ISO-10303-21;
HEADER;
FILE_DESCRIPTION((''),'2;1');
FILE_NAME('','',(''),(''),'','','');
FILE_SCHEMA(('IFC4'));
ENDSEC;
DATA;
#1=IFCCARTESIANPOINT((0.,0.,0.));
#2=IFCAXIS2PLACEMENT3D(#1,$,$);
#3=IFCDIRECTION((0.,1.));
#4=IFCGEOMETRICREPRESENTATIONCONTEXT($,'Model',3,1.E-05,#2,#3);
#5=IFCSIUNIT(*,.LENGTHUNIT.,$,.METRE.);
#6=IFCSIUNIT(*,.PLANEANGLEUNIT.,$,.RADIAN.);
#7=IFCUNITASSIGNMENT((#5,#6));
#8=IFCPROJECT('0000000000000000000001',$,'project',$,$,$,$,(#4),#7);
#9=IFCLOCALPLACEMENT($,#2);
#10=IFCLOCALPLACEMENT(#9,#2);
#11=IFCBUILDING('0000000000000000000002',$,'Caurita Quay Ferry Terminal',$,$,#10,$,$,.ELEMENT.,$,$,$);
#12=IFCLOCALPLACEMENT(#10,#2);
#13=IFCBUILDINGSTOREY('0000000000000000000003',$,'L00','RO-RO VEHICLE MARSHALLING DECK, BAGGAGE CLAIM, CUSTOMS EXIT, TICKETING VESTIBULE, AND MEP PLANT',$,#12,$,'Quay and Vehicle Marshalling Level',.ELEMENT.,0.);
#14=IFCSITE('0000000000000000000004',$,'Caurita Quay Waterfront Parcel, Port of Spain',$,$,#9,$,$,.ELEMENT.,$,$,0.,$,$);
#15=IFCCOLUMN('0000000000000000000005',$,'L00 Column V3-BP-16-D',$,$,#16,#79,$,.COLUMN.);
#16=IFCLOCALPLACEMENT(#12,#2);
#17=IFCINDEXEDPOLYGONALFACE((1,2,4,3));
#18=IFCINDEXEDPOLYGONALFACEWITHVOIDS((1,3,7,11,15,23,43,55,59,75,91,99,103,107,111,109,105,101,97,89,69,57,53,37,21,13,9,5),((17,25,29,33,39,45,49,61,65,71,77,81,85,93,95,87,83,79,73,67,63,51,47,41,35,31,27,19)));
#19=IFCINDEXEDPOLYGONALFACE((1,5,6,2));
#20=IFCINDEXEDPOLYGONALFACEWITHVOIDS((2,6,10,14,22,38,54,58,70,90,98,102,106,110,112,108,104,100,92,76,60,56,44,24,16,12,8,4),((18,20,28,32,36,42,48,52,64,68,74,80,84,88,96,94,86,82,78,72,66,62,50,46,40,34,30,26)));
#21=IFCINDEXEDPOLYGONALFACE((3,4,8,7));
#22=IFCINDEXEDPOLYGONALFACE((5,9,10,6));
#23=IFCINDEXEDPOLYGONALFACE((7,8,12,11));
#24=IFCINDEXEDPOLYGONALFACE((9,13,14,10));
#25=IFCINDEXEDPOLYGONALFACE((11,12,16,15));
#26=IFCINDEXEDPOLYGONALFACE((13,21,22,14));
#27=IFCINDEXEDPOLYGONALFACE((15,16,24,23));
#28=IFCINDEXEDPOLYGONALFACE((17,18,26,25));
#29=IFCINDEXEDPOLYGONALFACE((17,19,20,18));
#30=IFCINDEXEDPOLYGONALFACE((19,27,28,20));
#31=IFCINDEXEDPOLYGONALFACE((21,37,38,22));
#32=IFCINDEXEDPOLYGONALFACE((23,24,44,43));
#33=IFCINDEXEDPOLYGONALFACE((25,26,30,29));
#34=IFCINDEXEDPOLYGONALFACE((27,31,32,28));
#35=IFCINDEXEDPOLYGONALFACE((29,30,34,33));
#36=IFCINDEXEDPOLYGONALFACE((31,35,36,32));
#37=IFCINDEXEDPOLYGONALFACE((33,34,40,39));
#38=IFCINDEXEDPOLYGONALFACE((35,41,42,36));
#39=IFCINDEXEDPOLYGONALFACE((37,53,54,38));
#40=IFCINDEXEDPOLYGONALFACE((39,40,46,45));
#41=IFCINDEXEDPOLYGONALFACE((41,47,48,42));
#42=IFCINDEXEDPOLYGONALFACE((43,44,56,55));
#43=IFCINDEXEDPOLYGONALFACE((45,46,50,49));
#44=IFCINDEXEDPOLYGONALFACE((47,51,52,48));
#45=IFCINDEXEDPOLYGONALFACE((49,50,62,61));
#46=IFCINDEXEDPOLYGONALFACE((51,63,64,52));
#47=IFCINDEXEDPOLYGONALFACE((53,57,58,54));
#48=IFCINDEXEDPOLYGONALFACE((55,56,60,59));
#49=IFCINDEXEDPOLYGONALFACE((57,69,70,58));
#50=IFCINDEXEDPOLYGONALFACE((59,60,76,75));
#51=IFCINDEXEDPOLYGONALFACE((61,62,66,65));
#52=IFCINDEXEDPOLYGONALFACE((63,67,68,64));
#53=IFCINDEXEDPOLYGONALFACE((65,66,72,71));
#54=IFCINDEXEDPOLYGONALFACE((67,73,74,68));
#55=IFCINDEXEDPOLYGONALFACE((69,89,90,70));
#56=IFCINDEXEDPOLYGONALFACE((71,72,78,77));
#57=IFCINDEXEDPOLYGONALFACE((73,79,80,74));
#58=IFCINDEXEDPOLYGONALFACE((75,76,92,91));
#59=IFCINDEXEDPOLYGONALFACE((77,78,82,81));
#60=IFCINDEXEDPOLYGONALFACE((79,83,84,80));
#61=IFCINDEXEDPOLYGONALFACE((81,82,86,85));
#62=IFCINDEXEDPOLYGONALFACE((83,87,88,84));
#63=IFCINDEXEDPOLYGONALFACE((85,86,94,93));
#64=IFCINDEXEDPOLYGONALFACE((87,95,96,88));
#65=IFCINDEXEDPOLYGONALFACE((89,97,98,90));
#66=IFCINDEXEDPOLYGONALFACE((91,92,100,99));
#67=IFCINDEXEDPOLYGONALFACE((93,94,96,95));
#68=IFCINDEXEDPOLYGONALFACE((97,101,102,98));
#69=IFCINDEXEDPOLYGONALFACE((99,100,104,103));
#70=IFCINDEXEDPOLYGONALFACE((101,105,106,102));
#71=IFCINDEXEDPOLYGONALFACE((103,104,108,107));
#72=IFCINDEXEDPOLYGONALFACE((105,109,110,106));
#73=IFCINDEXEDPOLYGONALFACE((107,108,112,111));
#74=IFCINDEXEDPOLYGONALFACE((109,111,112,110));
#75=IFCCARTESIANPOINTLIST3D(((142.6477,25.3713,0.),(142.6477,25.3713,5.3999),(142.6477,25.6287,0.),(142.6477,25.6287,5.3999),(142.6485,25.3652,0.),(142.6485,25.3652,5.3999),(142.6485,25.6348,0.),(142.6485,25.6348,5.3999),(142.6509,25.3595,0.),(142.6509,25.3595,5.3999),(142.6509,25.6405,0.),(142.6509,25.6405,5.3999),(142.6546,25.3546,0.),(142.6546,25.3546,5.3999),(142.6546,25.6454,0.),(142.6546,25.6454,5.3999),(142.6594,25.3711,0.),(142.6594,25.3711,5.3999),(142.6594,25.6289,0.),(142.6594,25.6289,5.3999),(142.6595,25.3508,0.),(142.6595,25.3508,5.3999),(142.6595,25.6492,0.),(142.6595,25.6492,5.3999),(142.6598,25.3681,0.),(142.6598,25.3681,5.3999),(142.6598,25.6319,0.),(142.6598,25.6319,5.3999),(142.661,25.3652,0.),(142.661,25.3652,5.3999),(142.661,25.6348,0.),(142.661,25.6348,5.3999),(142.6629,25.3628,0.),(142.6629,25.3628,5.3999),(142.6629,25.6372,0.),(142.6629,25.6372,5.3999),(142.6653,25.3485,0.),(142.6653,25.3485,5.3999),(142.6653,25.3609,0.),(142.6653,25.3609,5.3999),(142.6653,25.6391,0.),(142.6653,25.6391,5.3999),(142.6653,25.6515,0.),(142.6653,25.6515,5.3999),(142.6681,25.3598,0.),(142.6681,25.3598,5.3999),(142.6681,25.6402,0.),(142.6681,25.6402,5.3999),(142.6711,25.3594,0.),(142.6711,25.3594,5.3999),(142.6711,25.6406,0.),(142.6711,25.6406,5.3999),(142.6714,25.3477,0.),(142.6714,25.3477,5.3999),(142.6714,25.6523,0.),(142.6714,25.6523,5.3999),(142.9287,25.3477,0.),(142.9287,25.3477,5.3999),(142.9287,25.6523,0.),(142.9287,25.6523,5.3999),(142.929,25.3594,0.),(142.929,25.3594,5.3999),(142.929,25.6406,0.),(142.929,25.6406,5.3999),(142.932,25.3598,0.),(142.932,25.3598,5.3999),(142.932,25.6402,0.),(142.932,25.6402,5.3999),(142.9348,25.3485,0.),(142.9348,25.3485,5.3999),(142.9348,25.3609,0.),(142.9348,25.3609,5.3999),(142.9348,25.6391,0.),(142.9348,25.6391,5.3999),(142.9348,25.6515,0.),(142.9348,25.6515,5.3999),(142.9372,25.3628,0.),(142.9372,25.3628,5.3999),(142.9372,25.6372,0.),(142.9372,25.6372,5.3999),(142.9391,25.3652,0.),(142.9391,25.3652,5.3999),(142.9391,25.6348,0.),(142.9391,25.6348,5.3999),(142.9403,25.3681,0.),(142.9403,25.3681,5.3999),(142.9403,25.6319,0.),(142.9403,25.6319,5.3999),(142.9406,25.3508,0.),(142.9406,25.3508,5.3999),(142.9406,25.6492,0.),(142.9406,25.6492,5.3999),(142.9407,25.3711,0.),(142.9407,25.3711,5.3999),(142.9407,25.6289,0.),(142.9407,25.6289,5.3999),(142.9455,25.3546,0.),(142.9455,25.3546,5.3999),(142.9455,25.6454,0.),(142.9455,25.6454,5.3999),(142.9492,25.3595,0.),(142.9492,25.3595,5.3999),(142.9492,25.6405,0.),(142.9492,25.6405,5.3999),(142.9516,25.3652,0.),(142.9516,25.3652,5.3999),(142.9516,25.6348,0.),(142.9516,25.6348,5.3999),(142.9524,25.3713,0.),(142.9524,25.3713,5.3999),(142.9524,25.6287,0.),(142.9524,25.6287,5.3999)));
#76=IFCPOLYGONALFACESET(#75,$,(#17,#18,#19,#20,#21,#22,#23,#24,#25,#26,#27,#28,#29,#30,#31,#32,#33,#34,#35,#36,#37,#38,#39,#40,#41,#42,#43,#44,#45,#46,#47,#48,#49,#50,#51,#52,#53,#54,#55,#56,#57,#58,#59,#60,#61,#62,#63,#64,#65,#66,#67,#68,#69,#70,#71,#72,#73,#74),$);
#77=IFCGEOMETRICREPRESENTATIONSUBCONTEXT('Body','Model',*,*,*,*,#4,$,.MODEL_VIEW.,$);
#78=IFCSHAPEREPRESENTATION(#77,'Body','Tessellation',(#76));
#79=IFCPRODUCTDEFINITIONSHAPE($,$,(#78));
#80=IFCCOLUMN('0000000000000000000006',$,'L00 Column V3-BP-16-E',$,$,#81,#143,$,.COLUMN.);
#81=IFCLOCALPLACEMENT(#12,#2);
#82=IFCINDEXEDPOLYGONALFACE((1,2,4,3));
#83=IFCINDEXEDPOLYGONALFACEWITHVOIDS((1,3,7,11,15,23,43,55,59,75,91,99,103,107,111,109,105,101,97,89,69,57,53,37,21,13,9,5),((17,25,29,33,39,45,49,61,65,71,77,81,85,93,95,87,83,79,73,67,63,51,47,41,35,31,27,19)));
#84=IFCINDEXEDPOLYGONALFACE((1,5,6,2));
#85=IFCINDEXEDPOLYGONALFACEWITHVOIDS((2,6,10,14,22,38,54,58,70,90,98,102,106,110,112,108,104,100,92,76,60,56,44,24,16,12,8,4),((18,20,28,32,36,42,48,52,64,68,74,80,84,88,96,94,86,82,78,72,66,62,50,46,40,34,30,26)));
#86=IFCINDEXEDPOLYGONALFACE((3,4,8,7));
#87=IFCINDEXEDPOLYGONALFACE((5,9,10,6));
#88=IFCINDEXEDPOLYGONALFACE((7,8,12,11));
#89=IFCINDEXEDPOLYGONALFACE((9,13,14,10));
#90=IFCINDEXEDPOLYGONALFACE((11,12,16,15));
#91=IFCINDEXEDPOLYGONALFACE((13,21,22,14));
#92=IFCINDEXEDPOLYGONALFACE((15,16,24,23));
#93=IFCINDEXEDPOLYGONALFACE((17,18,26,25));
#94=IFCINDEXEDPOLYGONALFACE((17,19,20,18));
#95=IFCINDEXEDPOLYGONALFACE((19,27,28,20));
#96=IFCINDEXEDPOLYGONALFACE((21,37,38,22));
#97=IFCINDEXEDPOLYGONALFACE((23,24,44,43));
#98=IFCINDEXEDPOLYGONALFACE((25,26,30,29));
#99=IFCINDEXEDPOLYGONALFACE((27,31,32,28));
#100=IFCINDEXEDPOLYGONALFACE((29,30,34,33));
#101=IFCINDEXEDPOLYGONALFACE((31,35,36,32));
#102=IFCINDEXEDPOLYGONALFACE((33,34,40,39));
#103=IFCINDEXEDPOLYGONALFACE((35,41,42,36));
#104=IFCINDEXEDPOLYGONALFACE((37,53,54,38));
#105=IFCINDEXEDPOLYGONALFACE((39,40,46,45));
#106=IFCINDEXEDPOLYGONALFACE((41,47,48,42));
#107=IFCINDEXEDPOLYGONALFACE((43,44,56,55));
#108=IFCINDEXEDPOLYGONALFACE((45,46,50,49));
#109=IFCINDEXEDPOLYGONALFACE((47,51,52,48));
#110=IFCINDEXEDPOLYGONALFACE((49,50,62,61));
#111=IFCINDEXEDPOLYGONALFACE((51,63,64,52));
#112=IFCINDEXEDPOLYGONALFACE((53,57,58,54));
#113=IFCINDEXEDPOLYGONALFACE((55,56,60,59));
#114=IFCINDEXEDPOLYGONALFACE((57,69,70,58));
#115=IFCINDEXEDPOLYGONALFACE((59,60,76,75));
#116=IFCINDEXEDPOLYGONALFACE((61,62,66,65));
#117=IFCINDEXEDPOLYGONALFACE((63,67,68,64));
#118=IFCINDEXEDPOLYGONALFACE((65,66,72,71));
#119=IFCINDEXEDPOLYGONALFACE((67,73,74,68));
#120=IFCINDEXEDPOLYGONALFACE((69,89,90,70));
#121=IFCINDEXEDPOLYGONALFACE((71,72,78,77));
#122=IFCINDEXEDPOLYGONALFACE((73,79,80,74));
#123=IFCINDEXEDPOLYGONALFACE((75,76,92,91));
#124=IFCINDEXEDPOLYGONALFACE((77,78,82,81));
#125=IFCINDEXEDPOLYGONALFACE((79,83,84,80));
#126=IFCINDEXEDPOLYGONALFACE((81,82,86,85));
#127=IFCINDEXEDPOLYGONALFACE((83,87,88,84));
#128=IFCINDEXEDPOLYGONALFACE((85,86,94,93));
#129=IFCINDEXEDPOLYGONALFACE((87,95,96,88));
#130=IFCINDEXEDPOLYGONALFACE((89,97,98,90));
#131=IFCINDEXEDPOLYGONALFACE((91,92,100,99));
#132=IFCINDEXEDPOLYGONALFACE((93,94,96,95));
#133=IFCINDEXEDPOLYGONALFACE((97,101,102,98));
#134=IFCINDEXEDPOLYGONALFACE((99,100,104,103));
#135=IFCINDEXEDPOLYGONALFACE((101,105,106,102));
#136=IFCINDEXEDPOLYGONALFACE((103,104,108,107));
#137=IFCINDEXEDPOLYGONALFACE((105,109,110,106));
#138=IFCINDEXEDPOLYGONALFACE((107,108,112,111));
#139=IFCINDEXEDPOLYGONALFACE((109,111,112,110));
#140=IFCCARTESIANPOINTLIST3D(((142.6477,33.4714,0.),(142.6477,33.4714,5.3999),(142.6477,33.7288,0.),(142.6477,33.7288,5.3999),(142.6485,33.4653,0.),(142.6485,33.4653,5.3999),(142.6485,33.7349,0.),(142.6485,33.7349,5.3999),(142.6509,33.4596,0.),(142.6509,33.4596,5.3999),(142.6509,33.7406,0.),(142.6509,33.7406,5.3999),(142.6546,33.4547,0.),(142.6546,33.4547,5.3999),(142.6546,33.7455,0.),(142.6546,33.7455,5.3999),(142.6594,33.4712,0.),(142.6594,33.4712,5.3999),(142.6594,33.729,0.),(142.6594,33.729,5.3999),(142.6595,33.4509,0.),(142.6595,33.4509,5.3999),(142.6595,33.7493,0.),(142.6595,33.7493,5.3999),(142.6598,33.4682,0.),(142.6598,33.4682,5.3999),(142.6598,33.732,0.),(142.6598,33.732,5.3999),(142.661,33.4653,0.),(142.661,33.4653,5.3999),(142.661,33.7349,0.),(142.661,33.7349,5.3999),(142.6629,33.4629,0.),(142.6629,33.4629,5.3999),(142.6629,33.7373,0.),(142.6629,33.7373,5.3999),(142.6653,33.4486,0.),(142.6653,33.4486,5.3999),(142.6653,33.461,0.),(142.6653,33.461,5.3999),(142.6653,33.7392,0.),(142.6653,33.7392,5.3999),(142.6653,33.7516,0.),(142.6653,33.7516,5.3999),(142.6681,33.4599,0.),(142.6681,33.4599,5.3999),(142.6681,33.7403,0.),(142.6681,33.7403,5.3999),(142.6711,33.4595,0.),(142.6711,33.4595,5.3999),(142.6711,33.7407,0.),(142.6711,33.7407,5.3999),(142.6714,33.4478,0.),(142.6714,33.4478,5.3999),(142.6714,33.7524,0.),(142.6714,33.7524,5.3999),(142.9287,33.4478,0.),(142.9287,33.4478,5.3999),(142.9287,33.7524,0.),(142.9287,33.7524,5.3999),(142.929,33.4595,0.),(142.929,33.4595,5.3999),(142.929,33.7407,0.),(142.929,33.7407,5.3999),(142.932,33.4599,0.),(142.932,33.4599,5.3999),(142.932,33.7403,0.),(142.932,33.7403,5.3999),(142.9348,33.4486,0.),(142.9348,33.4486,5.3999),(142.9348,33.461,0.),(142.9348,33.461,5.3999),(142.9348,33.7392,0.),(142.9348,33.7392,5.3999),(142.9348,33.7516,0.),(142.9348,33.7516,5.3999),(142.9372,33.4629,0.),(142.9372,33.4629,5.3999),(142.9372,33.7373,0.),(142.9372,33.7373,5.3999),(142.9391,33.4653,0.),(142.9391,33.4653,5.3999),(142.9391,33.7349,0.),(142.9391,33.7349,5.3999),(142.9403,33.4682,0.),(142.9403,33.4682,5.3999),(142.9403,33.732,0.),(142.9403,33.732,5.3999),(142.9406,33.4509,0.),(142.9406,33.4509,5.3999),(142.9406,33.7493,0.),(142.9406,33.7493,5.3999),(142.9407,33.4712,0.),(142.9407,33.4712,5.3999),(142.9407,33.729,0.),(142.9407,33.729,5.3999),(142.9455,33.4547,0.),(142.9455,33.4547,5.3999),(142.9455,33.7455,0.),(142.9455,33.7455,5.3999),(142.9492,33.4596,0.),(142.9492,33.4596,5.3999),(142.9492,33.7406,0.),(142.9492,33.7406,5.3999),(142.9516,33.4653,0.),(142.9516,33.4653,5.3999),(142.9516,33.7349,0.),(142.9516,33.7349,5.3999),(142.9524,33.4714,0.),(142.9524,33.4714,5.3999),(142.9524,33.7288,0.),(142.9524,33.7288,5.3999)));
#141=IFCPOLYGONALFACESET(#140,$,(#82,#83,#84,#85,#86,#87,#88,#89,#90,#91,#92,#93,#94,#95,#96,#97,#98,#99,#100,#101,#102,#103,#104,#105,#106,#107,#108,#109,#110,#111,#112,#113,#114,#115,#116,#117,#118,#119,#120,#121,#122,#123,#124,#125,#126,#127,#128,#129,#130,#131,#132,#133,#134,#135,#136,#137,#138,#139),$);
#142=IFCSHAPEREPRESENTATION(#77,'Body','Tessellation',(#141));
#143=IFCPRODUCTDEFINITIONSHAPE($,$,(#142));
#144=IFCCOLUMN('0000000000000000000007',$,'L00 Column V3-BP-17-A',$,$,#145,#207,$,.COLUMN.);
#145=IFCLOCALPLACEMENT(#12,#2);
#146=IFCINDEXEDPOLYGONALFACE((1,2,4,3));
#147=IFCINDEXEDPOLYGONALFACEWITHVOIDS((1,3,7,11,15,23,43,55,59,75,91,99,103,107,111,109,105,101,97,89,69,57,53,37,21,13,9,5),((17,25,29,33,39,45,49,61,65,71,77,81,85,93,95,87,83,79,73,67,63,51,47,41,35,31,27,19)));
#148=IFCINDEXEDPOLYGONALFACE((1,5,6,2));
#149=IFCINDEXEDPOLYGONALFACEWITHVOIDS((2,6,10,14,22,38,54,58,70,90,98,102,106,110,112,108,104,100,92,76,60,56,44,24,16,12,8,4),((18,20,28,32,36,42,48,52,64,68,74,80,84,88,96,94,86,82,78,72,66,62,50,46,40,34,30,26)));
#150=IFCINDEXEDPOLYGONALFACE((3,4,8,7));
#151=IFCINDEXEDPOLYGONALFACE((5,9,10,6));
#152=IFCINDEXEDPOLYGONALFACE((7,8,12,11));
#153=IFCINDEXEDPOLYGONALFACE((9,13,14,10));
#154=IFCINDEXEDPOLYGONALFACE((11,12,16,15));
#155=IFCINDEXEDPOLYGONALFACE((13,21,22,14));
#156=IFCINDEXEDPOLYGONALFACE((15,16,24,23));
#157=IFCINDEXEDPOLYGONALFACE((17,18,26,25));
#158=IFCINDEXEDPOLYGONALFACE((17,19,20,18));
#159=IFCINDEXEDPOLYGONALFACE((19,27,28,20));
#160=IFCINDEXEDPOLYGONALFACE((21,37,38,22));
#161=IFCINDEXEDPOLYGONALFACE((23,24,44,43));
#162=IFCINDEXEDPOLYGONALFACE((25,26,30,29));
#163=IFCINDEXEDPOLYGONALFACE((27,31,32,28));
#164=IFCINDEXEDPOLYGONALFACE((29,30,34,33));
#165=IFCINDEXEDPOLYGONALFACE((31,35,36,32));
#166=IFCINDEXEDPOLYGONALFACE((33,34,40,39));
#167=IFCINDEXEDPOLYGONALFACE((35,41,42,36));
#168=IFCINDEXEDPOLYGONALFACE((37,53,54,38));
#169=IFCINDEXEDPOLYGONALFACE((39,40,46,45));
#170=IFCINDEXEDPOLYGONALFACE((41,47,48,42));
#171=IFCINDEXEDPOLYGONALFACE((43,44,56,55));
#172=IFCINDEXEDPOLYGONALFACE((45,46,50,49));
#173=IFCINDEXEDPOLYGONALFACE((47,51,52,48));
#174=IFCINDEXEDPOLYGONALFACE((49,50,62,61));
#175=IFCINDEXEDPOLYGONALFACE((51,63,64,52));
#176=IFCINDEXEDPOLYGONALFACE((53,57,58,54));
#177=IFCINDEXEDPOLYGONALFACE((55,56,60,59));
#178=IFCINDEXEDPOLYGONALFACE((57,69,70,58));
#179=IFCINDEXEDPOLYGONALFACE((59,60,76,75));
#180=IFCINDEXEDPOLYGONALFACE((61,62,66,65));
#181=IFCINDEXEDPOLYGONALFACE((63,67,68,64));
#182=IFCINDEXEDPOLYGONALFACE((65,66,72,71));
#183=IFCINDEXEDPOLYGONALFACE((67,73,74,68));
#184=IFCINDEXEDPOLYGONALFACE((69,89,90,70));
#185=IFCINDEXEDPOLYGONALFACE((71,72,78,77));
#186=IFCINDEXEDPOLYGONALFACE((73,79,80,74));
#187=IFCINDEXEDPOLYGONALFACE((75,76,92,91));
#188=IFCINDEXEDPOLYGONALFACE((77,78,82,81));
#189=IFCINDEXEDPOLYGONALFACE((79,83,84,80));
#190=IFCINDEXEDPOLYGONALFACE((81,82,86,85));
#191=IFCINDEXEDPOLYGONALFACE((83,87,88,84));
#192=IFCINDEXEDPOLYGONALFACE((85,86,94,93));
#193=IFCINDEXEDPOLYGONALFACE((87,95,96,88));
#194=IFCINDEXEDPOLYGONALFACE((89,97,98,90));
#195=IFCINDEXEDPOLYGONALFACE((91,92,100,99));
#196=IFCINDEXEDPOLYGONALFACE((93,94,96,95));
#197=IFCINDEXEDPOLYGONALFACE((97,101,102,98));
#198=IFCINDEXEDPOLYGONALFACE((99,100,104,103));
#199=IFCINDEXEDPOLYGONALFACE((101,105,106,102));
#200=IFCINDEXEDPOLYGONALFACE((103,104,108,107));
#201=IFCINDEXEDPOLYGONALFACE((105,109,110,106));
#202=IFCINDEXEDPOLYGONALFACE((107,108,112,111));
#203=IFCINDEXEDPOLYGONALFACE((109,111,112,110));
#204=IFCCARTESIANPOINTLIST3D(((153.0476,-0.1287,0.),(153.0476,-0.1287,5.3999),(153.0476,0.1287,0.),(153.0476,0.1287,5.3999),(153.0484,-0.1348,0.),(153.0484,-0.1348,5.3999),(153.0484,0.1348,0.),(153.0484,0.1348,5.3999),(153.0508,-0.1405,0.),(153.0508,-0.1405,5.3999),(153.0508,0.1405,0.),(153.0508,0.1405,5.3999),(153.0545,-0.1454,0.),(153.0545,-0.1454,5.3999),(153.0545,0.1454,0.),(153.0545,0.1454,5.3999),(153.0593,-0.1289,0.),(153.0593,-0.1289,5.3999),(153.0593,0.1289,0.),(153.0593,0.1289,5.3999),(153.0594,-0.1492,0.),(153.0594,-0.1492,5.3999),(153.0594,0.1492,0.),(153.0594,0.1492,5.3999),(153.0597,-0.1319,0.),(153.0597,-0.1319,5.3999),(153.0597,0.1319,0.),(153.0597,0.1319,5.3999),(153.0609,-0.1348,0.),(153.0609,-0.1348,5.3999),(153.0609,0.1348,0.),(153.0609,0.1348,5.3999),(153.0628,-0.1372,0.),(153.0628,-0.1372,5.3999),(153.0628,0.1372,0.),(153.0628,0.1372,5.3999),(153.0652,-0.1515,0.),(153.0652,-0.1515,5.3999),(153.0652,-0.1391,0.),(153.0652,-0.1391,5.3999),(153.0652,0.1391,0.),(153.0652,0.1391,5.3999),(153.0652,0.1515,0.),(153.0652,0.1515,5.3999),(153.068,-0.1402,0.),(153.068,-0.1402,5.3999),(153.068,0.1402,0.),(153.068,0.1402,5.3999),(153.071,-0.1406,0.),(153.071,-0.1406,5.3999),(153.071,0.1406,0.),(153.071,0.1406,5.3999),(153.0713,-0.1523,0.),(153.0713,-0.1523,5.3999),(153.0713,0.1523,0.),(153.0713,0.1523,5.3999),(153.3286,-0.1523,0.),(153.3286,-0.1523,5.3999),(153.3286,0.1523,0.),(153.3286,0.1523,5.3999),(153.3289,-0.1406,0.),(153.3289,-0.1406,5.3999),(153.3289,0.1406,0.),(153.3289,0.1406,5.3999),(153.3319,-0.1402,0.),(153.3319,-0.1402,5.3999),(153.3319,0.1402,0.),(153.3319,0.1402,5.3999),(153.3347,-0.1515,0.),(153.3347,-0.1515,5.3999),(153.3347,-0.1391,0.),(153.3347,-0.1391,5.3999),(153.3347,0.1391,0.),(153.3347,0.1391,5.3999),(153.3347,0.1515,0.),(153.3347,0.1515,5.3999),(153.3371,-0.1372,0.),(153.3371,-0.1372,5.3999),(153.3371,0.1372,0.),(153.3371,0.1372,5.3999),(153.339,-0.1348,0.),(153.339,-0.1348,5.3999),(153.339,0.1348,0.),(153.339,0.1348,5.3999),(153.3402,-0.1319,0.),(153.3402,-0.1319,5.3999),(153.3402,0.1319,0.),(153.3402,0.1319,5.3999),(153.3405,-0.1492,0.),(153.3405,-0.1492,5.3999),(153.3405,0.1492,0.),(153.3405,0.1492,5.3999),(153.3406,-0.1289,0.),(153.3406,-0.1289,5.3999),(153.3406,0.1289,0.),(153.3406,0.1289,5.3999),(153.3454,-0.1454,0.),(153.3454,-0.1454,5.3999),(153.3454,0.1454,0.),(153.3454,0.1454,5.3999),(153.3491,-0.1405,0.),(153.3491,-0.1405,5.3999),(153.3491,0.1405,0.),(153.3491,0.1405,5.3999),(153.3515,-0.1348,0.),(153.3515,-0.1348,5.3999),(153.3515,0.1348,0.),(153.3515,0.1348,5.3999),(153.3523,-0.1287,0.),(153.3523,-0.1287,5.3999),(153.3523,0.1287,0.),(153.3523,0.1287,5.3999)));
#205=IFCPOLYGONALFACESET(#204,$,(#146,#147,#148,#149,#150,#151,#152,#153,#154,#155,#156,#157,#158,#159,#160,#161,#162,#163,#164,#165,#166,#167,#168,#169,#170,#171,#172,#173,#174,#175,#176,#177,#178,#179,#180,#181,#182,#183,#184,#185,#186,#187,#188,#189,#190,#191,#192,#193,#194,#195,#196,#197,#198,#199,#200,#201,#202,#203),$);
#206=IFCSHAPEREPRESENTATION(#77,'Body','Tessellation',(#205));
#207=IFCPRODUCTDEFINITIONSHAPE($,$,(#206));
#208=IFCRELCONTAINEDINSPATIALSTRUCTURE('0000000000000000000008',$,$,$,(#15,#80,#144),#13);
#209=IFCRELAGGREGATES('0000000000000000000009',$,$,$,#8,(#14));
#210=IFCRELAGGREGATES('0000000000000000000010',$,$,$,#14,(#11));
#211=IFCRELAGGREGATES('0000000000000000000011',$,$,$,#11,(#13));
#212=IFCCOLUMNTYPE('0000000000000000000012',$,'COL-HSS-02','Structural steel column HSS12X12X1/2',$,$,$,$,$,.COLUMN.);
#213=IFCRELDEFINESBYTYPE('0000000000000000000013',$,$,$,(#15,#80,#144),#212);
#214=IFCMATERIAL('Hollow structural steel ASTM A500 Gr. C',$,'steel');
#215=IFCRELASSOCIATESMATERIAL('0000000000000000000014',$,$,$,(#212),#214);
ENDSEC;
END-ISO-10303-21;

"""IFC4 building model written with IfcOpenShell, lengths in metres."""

from ifc_helpers import new_model, si_unit, direction, frame, origin, origin_2d, place, context, subcontext, project, spatial, hollow_rectangle, extrude, material, material_profile, profile_set, type_object, element, save


model = new_model("IFC4")

# Units and contexts
model_context = context("Model", 3, precision=1e-05, world=origin(), true_north=direction((0.0, 1.0)))
body_context = subcontext(model_context, "Body", "Model", "MODEL_VIEW")
ifc_project = project(units=[si_unit("LENGTHUNIT", "METRE"), si_unit("PLANEANGLEUNIT", "RADIAN")], contexts=[model_context])

# Site, building, storey
site_placement = place(None, origin())
site = spatial("IfcSite", under=ifc_project, at=site_placement, Name="Caurita Quay Waterfront Parcel, Port of Spain", CompositionType="ELEMENT", RefElevation=0.0)
building_placement = place(site_placement, origin())
building = spatial("IfcBuilding", under=site, at=building_placement, Name="Caurita Quay Ferry Terminal", CompositionType="ELEMENT")
storey_placement = place(building_placement, origin())
storey = spatial("IfcBuildingStorey", under=building, at=storey_placement, Name="L00", Description="RO-RO VEHICLE MARSHALLING DECK, BAGGAGE CLAIM, CUSTOMS EXIT, TICKETING VESTIBULE, AND MEP PLANT", LongName="Quay and Vehicle Marshalling Level", CompositionType="ELEMENT", Elevation=0.0)

# Columns
ifc_material_1 = material(Name="Hollow structural steel ASTM A500 Gr. C", Category="steel")
ifc_material_profile_1 = material_profile(ifc_material_1, hollow_rectangle(XDim=0.3047, YDim=0.3047, WallThickness=0.0117, InnerFilletRadius=0.0117, OuterFilletRadius=0.0237, at=origin_2d()), Name="HSS12X12X1/2")
ifc_profile_set_1 = profile_set([ifc_material_profile_1], Name="Hollow structural steel ASTM A500 Gr. C")
column_type_1 = type_object("IfcColumnType", Name="COL-HSS-02", Description="Structural steel column HSS12X12X1/2", PredefinedType="COLUMN", material=ifc_profile_set_1)
for number, where, z_axis, x_axis, name in (
    (1, (142.8, 25.5, 0.0), (0.0, 0.0, 1.0), (1.0, 0.0, 0.0), "L00 Column V3-BP-16-D"),
    (2, (142.8, 33.6001, 0.0), (0.0, 0.0, 1.0), (1.0, 0.0, 0.0), "L00 Column V3-BP-16-E"),
    (3, (153.2, 0.0, 0.0), (0.0, 0.0, 1.0), (1.0, 0.0, 0.0), "L00 Column V3-BP-17-A"),
):
    element("IfcColumn", number, at=place(storey_placement, frame(where, z_axis=z_axis, x_axis=x_axis)), inside=storey, type_object=column_type_1, Name=name, PredefinedType="COLUMN", context=body_context, shape_type="SweptSolid", body=[
        extrude(hollow_rectangle(XDim=0.3047, YDim=0.3047, WallThickness=0.0117, InnerFilletRadius=0.0117, OuterFilletRadius=0.0237, at=origin_2d()), origin(), (0.0, 0.0, 1.0), 5.3999),
    ])

save(model, "model.ifc")
